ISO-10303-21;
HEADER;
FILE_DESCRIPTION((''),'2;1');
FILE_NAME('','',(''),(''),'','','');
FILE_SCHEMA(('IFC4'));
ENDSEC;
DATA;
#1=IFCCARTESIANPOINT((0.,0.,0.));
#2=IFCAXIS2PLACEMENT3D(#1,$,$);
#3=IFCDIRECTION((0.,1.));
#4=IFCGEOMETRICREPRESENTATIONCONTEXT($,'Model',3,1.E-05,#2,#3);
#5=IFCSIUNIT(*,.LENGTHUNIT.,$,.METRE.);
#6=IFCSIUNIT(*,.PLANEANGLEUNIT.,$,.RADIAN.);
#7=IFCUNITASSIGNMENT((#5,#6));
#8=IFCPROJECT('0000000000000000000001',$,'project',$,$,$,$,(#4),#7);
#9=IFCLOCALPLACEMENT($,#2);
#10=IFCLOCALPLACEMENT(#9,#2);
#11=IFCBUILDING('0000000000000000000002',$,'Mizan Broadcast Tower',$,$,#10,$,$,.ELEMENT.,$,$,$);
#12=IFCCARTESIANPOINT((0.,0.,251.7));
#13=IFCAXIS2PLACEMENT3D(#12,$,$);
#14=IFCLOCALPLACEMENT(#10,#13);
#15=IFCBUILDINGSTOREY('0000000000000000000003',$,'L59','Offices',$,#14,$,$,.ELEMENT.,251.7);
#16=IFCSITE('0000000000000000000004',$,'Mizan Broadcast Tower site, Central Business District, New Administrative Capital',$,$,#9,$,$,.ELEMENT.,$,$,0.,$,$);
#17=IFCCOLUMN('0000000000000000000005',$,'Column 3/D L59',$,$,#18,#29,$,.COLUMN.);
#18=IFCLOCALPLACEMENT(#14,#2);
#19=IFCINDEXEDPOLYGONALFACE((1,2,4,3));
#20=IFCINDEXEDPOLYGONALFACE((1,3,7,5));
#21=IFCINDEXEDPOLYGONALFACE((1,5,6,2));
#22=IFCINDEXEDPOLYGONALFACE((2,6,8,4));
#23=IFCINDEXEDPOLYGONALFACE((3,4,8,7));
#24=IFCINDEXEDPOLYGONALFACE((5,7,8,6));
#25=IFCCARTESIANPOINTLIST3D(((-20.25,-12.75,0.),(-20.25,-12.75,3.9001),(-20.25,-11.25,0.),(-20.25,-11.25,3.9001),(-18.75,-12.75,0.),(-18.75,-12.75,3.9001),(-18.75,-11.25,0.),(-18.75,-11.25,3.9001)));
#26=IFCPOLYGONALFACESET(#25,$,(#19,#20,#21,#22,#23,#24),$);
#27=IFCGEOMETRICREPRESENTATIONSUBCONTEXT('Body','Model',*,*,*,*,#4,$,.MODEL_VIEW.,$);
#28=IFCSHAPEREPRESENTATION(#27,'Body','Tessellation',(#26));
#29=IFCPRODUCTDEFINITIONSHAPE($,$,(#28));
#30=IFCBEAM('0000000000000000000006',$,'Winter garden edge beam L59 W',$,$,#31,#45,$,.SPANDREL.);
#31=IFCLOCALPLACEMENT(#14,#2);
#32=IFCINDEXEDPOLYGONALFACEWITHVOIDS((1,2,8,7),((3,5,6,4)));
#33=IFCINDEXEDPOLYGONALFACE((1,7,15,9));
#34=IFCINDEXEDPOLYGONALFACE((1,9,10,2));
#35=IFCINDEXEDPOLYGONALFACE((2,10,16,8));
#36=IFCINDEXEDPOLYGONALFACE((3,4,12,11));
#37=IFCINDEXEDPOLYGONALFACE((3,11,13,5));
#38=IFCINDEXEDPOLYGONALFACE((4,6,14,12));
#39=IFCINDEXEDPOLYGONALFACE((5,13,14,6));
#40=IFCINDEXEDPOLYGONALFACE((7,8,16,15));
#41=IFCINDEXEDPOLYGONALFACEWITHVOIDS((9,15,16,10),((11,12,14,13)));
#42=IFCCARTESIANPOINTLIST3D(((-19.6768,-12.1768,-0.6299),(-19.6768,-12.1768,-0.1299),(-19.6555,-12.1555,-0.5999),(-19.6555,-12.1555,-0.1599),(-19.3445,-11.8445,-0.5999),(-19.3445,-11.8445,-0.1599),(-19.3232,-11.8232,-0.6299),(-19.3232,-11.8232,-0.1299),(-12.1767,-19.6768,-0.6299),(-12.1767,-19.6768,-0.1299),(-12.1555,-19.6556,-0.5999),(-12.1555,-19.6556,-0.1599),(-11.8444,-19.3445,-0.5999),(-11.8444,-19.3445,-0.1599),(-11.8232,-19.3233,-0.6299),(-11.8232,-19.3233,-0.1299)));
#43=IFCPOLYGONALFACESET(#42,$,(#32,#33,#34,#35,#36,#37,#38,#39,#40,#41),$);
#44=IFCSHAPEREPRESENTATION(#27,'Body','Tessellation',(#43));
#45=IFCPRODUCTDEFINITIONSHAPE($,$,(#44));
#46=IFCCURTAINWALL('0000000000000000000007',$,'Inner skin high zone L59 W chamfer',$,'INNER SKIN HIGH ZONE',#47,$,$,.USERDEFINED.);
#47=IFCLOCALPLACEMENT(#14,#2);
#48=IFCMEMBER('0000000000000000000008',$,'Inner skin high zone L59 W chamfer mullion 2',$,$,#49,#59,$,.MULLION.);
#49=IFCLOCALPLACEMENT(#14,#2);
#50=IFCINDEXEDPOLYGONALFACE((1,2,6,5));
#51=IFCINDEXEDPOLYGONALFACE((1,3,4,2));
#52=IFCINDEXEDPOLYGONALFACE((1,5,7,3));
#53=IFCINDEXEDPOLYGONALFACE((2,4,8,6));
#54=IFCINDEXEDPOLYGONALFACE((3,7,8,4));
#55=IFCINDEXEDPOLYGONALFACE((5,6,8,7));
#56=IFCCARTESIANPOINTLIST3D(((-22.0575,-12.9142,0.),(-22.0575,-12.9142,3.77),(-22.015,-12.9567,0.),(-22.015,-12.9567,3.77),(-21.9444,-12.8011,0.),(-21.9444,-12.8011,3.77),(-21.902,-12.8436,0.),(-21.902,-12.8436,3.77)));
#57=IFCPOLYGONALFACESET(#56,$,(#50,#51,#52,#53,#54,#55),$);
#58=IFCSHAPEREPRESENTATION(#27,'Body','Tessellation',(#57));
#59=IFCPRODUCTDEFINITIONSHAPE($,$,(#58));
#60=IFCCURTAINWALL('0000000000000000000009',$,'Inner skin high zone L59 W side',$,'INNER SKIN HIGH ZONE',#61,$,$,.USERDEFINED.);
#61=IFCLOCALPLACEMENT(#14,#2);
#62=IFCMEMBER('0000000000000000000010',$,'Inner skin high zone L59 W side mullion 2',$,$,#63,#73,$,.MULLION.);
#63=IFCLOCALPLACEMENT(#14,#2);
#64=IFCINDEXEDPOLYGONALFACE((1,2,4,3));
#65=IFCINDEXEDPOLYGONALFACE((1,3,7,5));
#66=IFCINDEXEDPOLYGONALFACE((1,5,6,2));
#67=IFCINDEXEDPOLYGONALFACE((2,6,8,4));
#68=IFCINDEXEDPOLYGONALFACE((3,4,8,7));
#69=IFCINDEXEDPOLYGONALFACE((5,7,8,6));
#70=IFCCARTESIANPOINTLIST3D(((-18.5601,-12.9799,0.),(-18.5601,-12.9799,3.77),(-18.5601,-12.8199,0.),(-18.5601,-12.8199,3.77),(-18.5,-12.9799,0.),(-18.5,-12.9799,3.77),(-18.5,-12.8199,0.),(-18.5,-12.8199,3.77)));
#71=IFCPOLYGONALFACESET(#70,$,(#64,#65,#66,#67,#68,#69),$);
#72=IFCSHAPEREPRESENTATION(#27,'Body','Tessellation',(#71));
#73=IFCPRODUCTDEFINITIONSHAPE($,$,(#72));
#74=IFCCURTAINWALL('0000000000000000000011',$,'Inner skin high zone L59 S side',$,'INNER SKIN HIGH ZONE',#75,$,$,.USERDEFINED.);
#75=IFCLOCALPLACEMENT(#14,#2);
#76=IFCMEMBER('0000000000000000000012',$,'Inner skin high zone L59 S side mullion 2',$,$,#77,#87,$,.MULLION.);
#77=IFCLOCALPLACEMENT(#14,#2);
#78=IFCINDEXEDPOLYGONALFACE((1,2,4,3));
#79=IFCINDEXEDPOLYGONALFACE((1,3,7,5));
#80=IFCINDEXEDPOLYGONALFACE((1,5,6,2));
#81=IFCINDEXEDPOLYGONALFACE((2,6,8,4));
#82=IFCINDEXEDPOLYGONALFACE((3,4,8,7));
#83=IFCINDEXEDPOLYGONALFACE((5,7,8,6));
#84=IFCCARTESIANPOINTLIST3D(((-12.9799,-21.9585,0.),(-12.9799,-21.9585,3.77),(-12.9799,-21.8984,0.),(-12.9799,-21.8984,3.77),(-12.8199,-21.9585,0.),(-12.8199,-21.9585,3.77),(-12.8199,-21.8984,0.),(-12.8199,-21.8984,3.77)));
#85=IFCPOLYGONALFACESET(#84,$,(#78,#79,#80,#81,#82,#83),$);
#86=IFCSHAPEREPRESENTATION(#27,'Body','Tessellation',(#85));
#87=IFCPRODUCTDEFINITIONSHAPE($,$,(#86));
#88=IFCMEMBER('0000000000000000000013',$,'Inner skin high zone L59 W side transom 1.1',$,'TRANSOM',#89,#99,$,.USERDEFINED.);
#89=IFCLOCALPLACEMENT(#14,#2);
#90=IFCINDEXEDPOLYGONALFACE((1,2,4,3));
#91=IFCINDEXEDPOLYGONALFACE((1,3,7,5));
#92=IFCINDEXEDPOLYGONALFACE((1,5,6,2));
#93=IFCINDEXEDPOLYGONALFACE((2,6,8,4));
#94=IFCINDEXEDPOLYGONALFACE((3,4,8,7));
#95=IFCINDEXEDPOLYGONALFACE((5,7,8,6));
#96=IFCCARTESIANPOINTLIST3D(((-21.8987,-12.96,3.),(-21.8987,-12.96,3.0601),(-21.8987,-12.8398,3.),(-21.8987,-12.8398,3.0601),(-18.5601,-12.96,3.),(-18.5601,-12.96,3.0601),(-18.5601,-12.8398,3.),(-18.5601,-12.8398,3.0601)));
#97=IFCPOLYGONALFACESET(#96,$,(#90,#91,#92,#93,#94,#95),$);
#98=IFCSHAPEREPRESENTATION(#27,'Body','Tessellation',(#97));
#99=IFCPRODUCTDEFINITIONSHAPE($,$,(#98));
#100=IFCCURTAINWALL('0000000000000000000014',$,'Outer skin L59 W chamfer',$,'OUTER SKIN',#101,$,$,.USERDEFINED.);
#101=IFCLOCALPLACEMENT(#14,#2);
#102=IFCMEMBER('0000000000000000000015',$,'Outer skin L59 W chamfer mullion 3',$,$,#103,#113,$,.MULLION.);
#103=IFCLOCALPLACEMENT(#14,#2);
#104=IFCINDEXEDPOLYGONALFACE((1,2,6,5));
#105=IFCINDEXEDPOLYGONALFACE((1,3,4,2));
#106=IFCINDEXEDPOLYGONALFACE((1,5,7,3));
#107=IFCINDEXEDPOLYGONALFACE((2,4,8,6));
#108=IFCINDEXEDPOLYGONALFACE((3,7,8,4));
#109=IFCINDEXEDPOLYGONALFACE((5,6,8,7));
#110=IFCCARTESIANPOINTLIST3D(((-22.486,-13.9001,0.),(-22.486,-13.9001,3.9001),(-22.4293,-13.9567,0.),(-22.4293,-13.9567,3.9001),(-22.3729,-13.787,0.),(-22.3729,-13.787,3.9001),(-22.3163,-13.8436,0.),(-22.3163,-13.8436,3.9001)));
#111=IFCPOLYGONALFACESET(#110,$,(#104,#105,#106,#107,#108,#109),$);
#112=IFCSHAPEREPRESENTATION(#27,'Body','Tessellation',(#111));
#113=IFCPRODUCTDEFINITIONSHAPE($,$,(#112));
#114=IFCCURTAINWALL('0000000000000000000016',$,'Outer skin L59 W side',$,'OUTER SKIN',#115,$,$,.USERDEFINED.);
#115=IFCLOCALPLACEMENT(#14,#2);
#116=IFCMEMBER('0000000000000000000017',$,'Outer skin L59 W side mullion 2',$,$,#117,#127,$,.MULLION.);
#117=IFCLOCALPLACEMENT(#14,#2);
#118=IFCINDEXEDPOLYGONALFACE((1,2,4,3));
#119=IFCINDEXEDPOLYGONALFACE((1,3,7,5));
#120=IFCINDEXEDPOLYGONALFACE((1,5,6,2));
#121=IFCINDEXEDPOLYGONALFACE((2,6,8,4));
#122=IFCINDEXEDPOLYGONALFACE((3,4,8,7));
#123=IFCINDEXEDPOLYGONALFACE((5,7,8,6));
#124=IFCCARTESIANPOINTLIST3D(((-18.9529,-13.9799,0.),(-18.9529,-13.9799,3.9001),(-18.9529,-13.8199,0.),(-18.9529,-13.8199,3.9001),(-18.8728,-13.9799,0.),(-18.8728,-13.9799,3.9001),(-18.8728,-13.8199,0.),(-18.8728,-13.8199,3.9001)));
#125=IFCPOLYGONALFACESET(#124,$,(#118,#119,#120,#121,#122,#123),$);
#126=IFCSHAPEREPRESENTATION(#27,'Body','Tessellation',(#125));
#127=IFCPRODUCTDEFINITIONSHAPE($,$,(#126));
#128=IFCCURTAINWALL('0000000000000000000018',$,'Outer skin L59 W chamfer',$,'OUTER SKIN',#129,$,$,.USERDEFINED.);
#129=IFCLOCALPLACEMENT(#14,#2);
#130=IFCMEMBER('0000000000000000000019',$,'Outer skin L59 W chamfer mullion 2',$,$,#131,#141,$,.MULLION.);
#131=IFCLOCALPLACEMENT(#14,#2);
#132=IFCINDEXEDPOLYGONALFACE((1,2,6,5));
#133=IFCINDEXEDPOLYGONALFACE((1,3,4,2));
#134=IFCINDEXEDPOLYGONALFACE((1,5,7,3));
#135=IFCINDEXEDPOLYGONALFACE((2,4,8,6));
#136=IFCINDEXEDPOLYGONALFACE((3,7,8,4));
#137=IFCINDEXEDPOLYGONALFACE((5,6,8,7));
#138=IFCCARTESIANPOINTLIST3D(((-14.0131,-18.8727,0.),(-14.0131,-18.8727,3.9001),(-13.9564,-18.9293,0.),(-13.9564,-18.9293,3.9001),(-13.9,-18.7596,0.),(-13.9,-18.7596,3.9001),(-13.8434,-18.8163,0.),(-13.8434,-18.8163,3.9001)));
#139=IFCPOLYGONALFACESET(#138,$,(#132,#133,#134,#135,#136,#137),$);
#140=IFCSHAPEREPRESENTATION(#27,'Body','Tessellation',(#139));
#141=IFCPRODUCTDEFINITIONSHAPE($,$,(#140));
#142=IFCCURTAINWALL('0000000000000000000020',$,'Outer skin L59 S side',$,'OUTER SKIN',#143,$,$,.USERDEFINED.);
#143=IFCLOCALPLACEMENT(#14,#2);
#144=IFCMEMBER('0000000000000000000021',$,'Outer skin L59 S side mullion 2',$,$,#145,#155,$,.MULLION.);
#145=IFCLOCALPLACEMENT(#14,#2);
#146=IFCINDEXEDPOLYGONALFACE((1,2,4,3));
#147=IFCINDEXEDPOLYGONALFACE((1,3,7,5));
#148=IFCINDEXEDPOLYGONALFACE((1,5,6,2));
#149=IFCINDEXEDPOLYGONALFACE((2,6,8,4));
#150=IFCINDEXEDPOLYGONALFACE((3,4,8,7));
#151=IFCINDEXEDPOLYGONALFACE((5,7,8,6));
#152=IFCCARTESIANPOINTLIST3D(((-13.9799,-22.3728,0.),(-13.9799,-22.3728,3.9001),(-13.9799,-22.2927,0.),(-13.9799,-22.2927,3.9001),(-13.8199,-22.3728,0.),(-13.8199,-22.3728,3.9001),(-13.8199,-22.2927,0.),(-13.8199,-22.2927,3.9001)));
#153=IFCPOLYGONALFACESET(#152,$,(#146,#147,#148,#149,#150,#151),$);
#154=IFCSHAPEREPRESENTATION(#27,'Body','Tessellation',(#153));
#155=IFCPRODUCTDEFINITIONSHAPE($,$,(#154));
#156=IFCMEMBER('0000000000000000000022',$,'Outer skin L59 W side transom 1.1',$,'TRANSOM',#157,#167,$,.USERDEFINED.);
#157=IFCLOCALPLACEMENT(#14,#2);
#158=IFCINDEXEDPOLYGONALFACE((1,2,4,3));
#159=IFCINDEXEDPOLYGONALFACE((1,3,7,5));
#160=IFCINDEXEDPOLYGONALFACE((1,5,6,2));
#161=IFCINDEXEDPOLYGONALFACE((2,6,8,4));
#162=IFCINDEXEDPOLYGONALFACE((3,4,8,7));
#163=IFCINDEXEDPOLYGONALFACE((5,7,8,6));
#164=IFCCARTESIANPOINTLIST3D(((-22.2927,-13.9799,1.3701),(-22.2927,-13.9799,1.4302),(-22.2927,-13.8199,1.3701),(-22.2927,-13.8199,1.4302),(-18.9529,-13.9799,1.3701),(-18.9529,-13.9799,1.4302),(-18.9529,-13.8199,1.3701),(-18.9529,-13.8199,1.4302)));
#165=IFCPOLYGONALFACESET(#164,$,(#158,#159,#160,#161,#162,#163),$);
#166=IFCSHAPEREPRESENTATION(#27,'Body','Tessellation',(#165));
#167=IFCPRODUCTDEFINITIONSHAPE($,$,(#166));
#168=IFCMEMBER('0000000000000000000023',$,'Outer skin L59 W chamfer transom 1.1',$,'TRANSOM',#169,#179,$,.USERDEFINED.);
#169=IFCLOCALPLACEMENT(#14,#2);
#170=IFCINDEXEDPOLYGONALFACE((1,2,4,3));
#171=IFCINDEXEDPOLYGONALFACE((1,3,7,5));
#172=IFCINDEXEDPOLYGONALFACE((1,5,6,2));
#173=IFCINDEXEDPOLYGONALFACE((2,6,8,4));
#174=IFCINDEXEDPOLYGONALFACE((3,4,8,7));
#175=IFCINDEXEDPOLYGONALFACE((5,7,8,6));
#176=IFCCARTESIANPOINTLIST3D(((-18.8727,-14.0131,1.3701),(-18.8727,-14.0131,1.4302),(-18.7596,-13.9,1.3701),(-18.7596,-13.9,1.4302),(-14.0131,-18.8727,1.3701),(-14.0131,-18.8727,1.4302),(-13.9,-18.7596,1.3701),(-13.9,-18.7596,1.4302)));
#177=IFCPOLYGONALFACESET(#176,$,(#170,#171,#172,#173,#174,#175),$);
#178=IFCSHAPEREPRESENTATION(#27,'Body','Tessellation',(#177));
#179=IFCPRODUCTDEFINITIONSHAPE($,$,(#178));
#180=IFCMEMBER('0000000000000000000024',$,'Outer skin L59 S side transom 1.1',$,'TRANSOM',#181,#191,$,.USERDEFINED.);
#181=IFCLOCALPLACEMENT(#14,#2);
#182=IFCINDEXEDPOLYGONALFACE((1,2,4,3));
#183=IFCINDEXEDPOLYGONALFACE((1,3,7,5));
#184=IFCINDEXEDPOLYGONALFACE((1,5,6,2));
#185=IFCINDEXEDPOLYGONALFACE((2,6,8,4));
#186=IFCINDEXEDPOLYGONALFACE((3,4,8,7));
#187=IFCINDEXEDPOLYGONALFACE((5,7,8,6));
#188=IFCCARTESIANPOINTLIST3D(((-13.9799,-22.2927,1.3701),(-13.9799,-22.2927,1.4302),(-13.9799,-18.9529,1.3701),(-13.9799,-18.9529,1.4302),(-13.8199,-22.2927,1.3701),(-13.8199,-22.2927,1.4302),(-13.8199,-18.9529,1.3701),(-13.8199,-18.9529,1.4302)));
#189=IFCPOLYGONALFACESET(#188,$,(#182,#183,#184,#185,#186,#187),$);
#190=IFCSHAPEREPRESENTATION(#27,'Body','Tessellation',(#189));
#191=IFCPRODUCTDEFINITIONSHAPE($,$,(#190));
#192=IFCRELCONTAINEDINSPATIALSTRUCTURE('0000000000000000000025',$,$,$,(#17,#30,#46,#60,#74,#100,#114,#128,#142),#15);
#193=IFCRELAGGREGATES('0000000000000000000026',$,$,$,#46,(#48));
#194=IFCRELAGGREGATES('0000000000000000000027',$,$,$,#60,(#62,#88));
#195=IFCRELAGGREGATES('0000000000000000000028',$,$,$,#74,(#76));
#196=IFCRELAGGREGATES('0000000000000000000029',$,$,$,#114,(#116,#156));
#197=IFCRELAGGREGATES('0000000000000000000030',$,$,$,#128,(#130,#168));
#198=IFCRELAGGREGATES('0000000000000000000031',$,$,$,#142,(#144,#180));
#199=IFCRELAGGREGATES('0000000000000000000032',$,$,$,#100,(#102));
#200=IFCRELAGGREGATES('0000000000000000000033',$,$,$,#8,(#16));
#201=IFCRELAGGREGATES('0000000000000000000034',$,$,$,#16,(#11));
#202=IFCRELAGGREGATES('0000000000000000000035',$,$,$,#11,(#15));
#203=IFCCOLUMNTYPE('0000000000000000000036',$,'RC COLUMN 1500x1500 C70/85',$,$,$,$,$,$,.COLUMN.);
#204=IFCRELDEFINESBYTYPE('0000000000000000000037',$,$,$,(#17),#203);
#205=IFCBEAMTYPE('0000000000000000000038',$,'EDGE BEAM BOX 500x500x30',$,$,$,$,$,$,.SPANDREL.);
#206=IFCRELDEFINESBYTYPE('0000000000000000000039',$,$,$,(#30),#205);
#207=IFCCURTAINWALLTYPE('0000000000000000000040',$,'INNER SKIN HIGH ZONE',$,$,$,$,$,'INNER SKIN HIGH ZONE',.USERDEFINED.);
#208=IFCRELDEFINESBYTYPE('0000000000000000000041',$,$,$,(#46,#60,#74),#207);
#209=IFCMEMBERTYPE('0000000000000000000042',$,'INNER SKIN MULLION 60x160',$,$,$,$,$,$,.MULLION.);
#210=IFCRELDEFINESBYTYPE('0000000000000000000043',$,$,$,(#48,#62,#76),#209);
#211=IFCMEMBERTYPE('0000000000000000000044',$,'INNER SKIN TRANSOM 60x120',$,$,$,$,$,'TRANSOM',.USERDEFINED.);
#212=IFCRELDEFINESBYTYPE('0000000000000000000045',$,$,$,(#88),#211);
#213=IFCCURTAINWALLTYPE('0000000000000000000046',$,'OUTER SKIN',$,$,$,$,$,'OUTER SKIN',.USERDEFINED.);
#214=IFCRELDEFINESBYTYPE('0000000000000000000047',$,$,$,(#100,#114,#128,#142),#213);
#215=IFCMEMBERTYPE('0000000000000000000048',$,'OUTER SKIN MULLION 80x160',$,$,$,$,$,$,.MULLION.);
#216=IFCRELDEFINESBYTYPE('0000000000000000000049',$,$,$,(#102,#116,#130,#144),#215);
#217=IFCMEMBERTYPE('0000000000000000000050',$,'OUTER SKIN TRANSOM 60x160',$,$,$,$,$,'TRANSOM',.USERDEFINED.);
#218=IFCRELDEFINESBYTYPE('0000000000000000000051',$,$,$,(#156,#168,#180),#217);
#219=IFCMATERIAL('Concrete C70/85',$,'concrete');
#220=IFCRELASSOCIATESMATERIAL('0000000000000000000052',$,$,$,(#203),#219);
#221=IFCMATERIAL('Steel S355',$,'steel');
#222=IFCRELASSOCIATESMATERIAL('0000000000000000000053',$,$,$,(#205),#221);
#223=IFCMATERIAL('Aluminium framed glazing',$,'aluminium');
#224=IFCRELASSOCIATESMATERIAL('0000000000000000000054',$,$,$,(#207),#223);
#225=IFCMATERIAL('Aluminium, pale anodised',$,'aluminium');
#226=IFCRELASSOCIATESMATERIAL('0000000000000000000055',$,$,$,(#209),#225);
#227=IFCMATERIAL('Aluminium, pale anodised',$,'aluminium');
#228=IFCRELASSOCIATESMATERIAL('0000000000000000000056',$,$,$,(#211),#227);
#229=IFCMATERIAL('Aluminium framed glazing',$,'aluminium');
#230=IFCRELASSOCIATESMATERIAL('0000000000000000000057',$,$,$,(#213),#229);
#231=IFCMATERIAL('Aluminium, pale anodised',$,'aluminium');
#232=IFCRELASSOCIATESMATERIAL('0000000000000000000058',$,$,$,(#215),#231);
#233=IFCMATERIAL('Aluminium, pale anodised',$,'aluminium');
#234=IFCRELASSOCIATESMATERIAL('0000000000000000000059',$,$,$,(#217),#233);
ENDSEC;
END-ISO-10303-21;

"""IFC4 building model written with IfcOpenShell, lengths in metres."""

from ifc_helpers import new_model, si_unit, direction, frame, origin, origin_2d, place, context, subcontext, project, spatial, rectangle, hollow_rectangle, extrude, material, material_profile, profile_set, type_object, element, aggregate, save


model = new_model("IFC4")

# Units and contexts
model_context = context("Model", 3, precision=1e-05, world=origin(), true_north=direction((0.0, 1.0)))
body_context = subcontext(model_context, "Body", "Model", "MODEL_VIEW")
ifc_project = project(units=[si_unit("LENGTHUNIT", "METRE"), si_unit("PLANEANGLEUNIT", "RADIAN")], contexts=[model_context])

# Site, building, storey
site_placement = place(None, origin())
site = spatial("IfcSite", under=ifc_project, at=site_placement, Name="Mizan Broadcast Tower site, Central Business District, New Administrative Capital", CompositionType="ELEMENT", RefElevation=0.0)
building_placement = place(site_placement, origin())
building = spatial("IfcBuilding", under=site, at=building_placement, Name="Mizan Broadcast Tower", CompositionType="ELEMENT")
storey_placement = place(building_placement, frame((0.0, 0.0, 251.7)))
storey = spatial("IfcBuildingStorey", under=building, at=storey_placement, Name="L59", Description="Offices", CompositionType="ELEMENT", Elevation=251.7)

# Column
ifc_material_1 = material(Name="Concrete C70/85", Category="concrete")
ifc_material_profile_1 = material_profile(ifc_material_1, rectangle(XDim=1.5, YDim=1.5, at=origin_2d()), Name="RC 1500x1500")
ifc_profile_set_1 = profile_set([ifc_material_profile_1], Name="Concrete C70/85")
column_type = type_object("IfcColumnType", Name="RC COLUMN 1500x1500 C70/85", PredefinedType="COLUMN", material=ifc_profile_set_1)
column_placement = place(storey_placement, frame((-19.5, -12.0, 0.0), z_axis=(0.0, 0.0, 1.0), x_axis=(1.0, 0.0, 0.0)))
element("IfcColumn", 1, at=column_placement, inside=storey, type_object=column_type, Name="Column 3/D L59", PredefinedType="COLUMN", context=body_context, shape_type="SweptSolid", body=[
    extrude(rectangle(XDim=1.5, YDim=1.5, at=origin_2d()), origin(), (0.0, 0.0, 1.0), 3.9001),
])

# Beam
ifc_material_2 = material(Name="Steel S355", Category="steel")
ifc_material_profile_2 = material_profile(ifc_material_2, hollow_rectangle(XDim=0.5, YDim=0.5, WallThickness=0.03, at=origin_2d()), Name="BOX 500x500x30")
ifc_profile_set_2 = profile_set([ifc_material_profile_2], Name="Steel S355")
beam_type = type_object("IfcBeamType", Name="EDGE BEAM BOX 500x500x30", PredefinedType="SPANDREL", material=ifc_profile_set_2)
beam_placement = place(storey_placement, frame((-19.5, -12.0, -0.3799), z_axis=(0.707107, -0.707107, 0.0), x_axis=(0.707107, 0.707107, 0.0)))
element("IfcBeam", 2, at=beam_placement, inside=storey, type_object=beam_type, Name="Winter garden edge beam L59 W", PredefinedType="SPANDREL", context=body_context, shape_type="SweptSolid", body=[
    extrude(hollow_rectangle(XDim=0.5, YDim=0.5, WallThickness=0.03, at=origin_2d()), origin(), (0.0, 0.0, 1.0), 10.6067),
])

# Curtain walls, members
ifc_material_3 = material(Name="Aluminium framed glazing", Category="aluminium")
curtain_wall_type_1 = type_object("IfcCurtainWallType", Name="INNER SKIN HIGH ZONE", ElementType="INNER SKIN HIGH ZONE", PredefinedType="USERDEFINED", material=ifc_material_3)
curtain_wall_1_placement = place(storey_placement, origin())
curtain_wall_1 = element("IfcCurtainWall", 3, at=curtain_wall_1_placement, inside=storey, type_object=curtain_wall_type_1, Name="Inner skin high zone L59 W chamfer", ObjectType="INNER SKIN HIGH ZONE", PredefinedType="USERDEFINED")
ifc_material_4 = material(Name="Aluminium, pale anodised", Category="aluminium")
ifc_material_profile_3 = material_profile(ifc_material_4, rectangle(XDim=0.1599, YDim=0.0601, at=origin_2d()), Name="MULLION 160x60")
ifc_profile_set_3 = profile_set([ifc_material_profile_3], Name="Aluminium, pale anodised")
member_type_1 = type_object("IfcMemberType", Name="INNER SKIN MULLION 60x160", PredefinedType="MULLION", material=ifc_profile_set_3)
member_1_placement = place(storey_placement, frame((-21.9797, -12.8789, 0.0), z_axis=(0.0, 0.0, 1.0), x_axis=(0.707107, 0.707107, 0.0)))
member_1 = element("IfcMember", 4, at=member_1_placement, type_object=member_type_1, Name="Inner skin high zone L59 W chamfer mullion 2", PredefinedType="MULLION", context=body_context, shape_type="SweptSolid", body=[
    extrude(rectangle(XDim=0.1599, YDim=0.0601, at=origin_2d()), origin(), (0.0, 0.0, 1.0), 3.77),
])
aggregate(curtain_wall_1, [member_1])
curtain_wall_2_placement = place(storey_placement, origin())
curtain_wall_2 = element("IfcCurtainWall", 5, at=curtain_wall_2_placement, inside=storey, type_object=curtain_wall_type_1, Name="Inner skin high zone L59 W side", ObjectType="INNER SKIN HIGH ZONE", PredefinedType="USERDEFINED")
member_2_placement = place(storey_placement, frame((-18.53, -12.8999, 0.0), z_axis=(0.0, 0.0, 1.0), x_axis=(0.0, 1.0, 0.0)))
member_2 = element("IfcMember", 6, at=member_2_placement, type_object=member_type_1, Name="Inner skin high zone L59 W side mullion 2", PredefinedType="MULLION", context=body_context, shape_type="SweptSolid", body=[
    extrude(rectangle(XDim=0.1599, YDim=0.0601, at=origin_2d()), origin(), (0.0, 0.0, 1.0), 3.77),
])
curtain_wall_3_placement = place(storey_placement, origin())
curtain_wall_3 = element("IfcCurtainWall", 7, at=curtain_wall_3_placement, inside=storey, type_object=curtain_wall_type_1, Name="Inner skin high zone L59 S side", ObjectType="INNER SKIN HIGH ZONE", PredefinedType="USERDEFINED")
member_3_placement = place(storey_placement, frame((-12.8999, -21.9285, 0.0), z_axis=(0.0, 0.0, 1.0), x_axis=(1.0, 0.0, 0.0)))
member_3 = element("IfcMember", 8, at=member_3_placement, type_object=member_type_1, Name="Inner skin high zone L59 S side mullion 2", PredefinedType="MULLION", context=body_context, shape_type="SweptSolid", body=[
    extrude(rectangle(XDim=0.1599, YDim=0.0601, at=origin_2d()), origin(), (0.0, 0.0, 1.0), 3.77),
])

# Member
ifc_material_5 = material(Name="Aluminium, pale anodised", Category="aluminium")
ifc_material_profile_4 = material_profile(ifc_material_5, rectangle(XDim=0.1201, YDim=0.0601, at=origin_2d()), Name="TRANSOM 120x60")
ifc_profile_set_4 = profile_set([ifc_material_profile_4], Name="Aluminium, pale anodised")
member_type_2 = type_object("IfcMemberType", Name="INNER SKIN TRANSOM 60x120", ElementType="TRANSOM", PredefinedType="USERDEFINED", material=ifc_profile_set_4)
member_4_placement = place(storey_placement, frame((-21.8987, -12.8999, 3.03), z_axis=(1.0, 0.0, 0.0), x_axis=(0.0, 1.0, 0.0)))
member_4 = element("IfcMember", 9, at=member_4_placement, type_object=member_type_2, Name="Inner skin high zone L59 W side transom 1.1", ObjectType="TRANSOM", PredefinedType="USERDEFINED", context=body_context, shape_type="SweptSolid", body=[
    extrude(rectangle(XDim=0.1201, YDim=0.0601, at=origin_2d()), origin(), (0.0, 0.0, 1.0), 3.3386),
])

# Curtain walls, members
ifc_material_6 = material(Name="Aluminium framed glazing", Category="aluminium")
curtain_wall_type_2 = type_object("IfcCurtainWallType", Name="OUTER SKIN", ElementType="OUTER SKIN", PredefinedType="USERDEFINED", material=ifc_material_6)
curtain_wall_4_placement = place(storey_placement, origin())
curtain_wall_4 = element("IfcCurtainWall", 10, at=curtain_wall_4_placement, inside=storey, type_object=curtain_wall_type_2, Name="Outer skin L59 W chamfer", ObjectType="OUTER SKIN", PredefinedType="USERDEFINED")
ifc_material_7 = material(Name="Aluminium, pale anodised", Category="aluminium")
ifc_material_profile_5 = material_profile(ifc_material_7, rectangle(XDim=0.1599, YDim=0.0801, at=origin_2d()), Name="MULLION 160x80")
ifc_profile_set_5 = profile_set([ifc_material_profile_5], Name="Aluminium, pale anodised")
member_type_3 = type_object("IfcMemberType", Name="OUTER SKIN MULLION 80x160", PredefinedType="MULLION", material=ifc_profile_set_5)
member_5_placement = place(storey_placement, frame((-22.4011, -13.8718, 0.0), z_axis=(0.0, 0.0, 1.0), x_axis=(0.707107, 0.707107, 0.0)))
member_5 = element("IfcMember", 11, at=member_5_placement, type_object=member_type_3, Name="Outer skin L59 W chamfer mullion 3", PredefinedType="MULLION", context=body_context, shape_type="SweptSolid", body=[
    extrude(rectangle(XDim=0.1599, YDim=0.0801, at=origin_2d()), origin(), (0.0, 0.0, 1.0), 3.9001),
])
curtain_wall_5_placement = place(storey_placement, origin())
curtain_wall_5 = element("IfcCurtainWall", 12, at=curtain_wall_5_placement, inside=storey, type_object=curtain_wall_type_2, Name="Outer skin L59 W side", ObjectType="OUTER SKIN", PredefinedType="USERDEFINED")
member_6_placement = place(storey_placement, frame((-18.9128, -13.8999, 0.0), z_axis=(0.0, 0.0, 1.0), x_axis=(0.0, 1.0, 0.0)))
member_6 = element("IfcMember", 13, at=member_6_placement, type_object=member_type_3, Name="Outer skin L59 W side mullion 2", PredefinedType="MULLION", context=body_context, shape_type="SweptSolid", body=[
    extrude(rectangle(XDim=0.1599, YDim=0.0801, at=origin_2d()), origin(), (0.0, 0.0, 1.0), 3.9001),
])
curtain_wall_6_placement = place(storey_placement, origin())
curtain_wall_6 = element("IfcCurtainWall", 14, at=curtain_wall_6_placement, inside=storey, type_object=curtain_wall_type_2, Name="Outer skin L59 W chamfer", ObjectType="OUTER SKIN", PredefinedType="USERDEFINED")
member_7_placement = place(storey_placement, frame((-13.9282, -18.8445, 0.0), z_axis=(0.0, 0.0, 1.0), x_axis=(0.707107, 0.707107, 0.0)))
member_7 = element("IfcMember", 15, at=member_7_placement, type_object=member_type_3, Name="Outer skin L59 W chamfer mullion 2", PredefinedType="MULLION", context=body_context, shape_type="SweptSolid", body=[
    extrude(rectangle(XDim=0.1599, YDim=0.0801, at=origin_2d()), origin(), (0.0, 0.0, 1.0), 3.9001),
])
curtain_wall_7_placement = place(storey_placement, origin())
curtain_wall_7 = element("IfcCurtainWall", 16, at=curtain_wall_7_placement, inside=storey, type_object=curtain_wall_type_2, Name="Outer skin L59 S side", ObjectType="OUTER SKIN", PredefinedType="USERDEFINED")
member_8_placement = place(storey_placement, frame((-13.8999, -22.3328, 0.0), z_axis=(0.0, 0.0, 1.0), x_axis=(1.0, 0.0, 0.0)))
member_8 = element("IfcMember", 17, at=member_8_placement, type_object=member_type_3, Name="Outer skin L59 S side mullion 2", PredefinedType="MULLION", context=body_context, shape_type="SweptSolid", body=[
    extrude(rectangle(XDim=0.1599, YDim=0.0801, at=origin_2d()), origin(), (0.0, 0.0, 1.0), 3.9001),
])

# Members
ifc_material_8 = material(Name="Aluminium, pale anodised", Category="aluminium")
ifc_material_profile_6 = material_profile(ifc_material_8, rectangle(XDim=0.1599, YDim=0.0601, at=origin_2d()), Name="TRANSOM 160x60")
ifc_profile_set_6 = profile_set([ifc_material_profile_6], Name="Aluminium, pale anodised")
member_type_4 = type_object("IfcMemberType", Name="OUTER SKIN TRANSOM 60x160", ElementType="TRANSOM", PredefinedType="USERDEFINED", material=ifc_profile_set_6)
member_9_placement = place(storey_placement, frame((-22.2927, -13.8999, 1.4001), z_axis=(1.0, 0.0, 0.0), x_axis=(0.0, 1.0, 0.0)))
member_9 = element("IfcMember", 18, at=member_9_placement, type_object=member_type_4, Name="Outer skin L59 W side transom 1.1", ObjectType="TRANSOM", PredefinedType="USERDEFINED", context=body_context, shape_type="SweptSolid", body=[
    extrude(rectangle(XDim=0.1599, YDim=0.0601, at=origin_2d()), origin(), (0.0, 0.0, 1.0), 3.3398),
])
member_10_placement = place(storey_placement, frame((-18.8162, -13.9565, 1.4001), z_axis=(0.707107, -0.707107, 0.0), x_axis=(0.707107, 0.707107, 0.0)))
member_10 = element("IfcMember", 19, at=member_10_placement, type_object=member_type_4, Name="Outer skin L59 W chamfer transom 1.1", ObjectType="TRANSOM", PredefinedType="USERDEFINED", context=body_context, shape_type="SweptSolid", body=[
    extrude(rectangle(XDim=0.1599, YDim=0.0601, at=origin_2d()), origin(), (0.0, 0.0, 1.0), 6.8726),
])
member_11_placement = place(storey_placement, frame((-13.8999, -18.9529, 1.4001), z_axis=(0.0, -1.0, 0.0), x_axis=(1.0, 0.0, 0.0)))
member_11 = element("IfcMember", 20, at=member_11_placement, type_object=member_type_4, Name="Outer skin L59 S side transom 1.1", ObjectType="TRANSOM", PredefinedType="USERDEFINED", context=body_context, shape_type="SweptSolid", body=[
    extrude(rectangle(XDim=0.1599, YDim=0.0601, at=origin_2d()), origin(), (0.0, 0.0, 1.0), 3.3398),
])

aggregate(curtain_wall_2, [member_2, member_4])
aggregate(curtain_wall_3, [member_3])
aggregate(curtain_wall_5, [member_6, member_9])
aggregate(curtain_wall_6, [member_7, member_10])
aggregate(curtain_wall_7, [member_8, member_11])
aggregate(curtain_wall_4, [member_5])

save(model, "model.ifc")
